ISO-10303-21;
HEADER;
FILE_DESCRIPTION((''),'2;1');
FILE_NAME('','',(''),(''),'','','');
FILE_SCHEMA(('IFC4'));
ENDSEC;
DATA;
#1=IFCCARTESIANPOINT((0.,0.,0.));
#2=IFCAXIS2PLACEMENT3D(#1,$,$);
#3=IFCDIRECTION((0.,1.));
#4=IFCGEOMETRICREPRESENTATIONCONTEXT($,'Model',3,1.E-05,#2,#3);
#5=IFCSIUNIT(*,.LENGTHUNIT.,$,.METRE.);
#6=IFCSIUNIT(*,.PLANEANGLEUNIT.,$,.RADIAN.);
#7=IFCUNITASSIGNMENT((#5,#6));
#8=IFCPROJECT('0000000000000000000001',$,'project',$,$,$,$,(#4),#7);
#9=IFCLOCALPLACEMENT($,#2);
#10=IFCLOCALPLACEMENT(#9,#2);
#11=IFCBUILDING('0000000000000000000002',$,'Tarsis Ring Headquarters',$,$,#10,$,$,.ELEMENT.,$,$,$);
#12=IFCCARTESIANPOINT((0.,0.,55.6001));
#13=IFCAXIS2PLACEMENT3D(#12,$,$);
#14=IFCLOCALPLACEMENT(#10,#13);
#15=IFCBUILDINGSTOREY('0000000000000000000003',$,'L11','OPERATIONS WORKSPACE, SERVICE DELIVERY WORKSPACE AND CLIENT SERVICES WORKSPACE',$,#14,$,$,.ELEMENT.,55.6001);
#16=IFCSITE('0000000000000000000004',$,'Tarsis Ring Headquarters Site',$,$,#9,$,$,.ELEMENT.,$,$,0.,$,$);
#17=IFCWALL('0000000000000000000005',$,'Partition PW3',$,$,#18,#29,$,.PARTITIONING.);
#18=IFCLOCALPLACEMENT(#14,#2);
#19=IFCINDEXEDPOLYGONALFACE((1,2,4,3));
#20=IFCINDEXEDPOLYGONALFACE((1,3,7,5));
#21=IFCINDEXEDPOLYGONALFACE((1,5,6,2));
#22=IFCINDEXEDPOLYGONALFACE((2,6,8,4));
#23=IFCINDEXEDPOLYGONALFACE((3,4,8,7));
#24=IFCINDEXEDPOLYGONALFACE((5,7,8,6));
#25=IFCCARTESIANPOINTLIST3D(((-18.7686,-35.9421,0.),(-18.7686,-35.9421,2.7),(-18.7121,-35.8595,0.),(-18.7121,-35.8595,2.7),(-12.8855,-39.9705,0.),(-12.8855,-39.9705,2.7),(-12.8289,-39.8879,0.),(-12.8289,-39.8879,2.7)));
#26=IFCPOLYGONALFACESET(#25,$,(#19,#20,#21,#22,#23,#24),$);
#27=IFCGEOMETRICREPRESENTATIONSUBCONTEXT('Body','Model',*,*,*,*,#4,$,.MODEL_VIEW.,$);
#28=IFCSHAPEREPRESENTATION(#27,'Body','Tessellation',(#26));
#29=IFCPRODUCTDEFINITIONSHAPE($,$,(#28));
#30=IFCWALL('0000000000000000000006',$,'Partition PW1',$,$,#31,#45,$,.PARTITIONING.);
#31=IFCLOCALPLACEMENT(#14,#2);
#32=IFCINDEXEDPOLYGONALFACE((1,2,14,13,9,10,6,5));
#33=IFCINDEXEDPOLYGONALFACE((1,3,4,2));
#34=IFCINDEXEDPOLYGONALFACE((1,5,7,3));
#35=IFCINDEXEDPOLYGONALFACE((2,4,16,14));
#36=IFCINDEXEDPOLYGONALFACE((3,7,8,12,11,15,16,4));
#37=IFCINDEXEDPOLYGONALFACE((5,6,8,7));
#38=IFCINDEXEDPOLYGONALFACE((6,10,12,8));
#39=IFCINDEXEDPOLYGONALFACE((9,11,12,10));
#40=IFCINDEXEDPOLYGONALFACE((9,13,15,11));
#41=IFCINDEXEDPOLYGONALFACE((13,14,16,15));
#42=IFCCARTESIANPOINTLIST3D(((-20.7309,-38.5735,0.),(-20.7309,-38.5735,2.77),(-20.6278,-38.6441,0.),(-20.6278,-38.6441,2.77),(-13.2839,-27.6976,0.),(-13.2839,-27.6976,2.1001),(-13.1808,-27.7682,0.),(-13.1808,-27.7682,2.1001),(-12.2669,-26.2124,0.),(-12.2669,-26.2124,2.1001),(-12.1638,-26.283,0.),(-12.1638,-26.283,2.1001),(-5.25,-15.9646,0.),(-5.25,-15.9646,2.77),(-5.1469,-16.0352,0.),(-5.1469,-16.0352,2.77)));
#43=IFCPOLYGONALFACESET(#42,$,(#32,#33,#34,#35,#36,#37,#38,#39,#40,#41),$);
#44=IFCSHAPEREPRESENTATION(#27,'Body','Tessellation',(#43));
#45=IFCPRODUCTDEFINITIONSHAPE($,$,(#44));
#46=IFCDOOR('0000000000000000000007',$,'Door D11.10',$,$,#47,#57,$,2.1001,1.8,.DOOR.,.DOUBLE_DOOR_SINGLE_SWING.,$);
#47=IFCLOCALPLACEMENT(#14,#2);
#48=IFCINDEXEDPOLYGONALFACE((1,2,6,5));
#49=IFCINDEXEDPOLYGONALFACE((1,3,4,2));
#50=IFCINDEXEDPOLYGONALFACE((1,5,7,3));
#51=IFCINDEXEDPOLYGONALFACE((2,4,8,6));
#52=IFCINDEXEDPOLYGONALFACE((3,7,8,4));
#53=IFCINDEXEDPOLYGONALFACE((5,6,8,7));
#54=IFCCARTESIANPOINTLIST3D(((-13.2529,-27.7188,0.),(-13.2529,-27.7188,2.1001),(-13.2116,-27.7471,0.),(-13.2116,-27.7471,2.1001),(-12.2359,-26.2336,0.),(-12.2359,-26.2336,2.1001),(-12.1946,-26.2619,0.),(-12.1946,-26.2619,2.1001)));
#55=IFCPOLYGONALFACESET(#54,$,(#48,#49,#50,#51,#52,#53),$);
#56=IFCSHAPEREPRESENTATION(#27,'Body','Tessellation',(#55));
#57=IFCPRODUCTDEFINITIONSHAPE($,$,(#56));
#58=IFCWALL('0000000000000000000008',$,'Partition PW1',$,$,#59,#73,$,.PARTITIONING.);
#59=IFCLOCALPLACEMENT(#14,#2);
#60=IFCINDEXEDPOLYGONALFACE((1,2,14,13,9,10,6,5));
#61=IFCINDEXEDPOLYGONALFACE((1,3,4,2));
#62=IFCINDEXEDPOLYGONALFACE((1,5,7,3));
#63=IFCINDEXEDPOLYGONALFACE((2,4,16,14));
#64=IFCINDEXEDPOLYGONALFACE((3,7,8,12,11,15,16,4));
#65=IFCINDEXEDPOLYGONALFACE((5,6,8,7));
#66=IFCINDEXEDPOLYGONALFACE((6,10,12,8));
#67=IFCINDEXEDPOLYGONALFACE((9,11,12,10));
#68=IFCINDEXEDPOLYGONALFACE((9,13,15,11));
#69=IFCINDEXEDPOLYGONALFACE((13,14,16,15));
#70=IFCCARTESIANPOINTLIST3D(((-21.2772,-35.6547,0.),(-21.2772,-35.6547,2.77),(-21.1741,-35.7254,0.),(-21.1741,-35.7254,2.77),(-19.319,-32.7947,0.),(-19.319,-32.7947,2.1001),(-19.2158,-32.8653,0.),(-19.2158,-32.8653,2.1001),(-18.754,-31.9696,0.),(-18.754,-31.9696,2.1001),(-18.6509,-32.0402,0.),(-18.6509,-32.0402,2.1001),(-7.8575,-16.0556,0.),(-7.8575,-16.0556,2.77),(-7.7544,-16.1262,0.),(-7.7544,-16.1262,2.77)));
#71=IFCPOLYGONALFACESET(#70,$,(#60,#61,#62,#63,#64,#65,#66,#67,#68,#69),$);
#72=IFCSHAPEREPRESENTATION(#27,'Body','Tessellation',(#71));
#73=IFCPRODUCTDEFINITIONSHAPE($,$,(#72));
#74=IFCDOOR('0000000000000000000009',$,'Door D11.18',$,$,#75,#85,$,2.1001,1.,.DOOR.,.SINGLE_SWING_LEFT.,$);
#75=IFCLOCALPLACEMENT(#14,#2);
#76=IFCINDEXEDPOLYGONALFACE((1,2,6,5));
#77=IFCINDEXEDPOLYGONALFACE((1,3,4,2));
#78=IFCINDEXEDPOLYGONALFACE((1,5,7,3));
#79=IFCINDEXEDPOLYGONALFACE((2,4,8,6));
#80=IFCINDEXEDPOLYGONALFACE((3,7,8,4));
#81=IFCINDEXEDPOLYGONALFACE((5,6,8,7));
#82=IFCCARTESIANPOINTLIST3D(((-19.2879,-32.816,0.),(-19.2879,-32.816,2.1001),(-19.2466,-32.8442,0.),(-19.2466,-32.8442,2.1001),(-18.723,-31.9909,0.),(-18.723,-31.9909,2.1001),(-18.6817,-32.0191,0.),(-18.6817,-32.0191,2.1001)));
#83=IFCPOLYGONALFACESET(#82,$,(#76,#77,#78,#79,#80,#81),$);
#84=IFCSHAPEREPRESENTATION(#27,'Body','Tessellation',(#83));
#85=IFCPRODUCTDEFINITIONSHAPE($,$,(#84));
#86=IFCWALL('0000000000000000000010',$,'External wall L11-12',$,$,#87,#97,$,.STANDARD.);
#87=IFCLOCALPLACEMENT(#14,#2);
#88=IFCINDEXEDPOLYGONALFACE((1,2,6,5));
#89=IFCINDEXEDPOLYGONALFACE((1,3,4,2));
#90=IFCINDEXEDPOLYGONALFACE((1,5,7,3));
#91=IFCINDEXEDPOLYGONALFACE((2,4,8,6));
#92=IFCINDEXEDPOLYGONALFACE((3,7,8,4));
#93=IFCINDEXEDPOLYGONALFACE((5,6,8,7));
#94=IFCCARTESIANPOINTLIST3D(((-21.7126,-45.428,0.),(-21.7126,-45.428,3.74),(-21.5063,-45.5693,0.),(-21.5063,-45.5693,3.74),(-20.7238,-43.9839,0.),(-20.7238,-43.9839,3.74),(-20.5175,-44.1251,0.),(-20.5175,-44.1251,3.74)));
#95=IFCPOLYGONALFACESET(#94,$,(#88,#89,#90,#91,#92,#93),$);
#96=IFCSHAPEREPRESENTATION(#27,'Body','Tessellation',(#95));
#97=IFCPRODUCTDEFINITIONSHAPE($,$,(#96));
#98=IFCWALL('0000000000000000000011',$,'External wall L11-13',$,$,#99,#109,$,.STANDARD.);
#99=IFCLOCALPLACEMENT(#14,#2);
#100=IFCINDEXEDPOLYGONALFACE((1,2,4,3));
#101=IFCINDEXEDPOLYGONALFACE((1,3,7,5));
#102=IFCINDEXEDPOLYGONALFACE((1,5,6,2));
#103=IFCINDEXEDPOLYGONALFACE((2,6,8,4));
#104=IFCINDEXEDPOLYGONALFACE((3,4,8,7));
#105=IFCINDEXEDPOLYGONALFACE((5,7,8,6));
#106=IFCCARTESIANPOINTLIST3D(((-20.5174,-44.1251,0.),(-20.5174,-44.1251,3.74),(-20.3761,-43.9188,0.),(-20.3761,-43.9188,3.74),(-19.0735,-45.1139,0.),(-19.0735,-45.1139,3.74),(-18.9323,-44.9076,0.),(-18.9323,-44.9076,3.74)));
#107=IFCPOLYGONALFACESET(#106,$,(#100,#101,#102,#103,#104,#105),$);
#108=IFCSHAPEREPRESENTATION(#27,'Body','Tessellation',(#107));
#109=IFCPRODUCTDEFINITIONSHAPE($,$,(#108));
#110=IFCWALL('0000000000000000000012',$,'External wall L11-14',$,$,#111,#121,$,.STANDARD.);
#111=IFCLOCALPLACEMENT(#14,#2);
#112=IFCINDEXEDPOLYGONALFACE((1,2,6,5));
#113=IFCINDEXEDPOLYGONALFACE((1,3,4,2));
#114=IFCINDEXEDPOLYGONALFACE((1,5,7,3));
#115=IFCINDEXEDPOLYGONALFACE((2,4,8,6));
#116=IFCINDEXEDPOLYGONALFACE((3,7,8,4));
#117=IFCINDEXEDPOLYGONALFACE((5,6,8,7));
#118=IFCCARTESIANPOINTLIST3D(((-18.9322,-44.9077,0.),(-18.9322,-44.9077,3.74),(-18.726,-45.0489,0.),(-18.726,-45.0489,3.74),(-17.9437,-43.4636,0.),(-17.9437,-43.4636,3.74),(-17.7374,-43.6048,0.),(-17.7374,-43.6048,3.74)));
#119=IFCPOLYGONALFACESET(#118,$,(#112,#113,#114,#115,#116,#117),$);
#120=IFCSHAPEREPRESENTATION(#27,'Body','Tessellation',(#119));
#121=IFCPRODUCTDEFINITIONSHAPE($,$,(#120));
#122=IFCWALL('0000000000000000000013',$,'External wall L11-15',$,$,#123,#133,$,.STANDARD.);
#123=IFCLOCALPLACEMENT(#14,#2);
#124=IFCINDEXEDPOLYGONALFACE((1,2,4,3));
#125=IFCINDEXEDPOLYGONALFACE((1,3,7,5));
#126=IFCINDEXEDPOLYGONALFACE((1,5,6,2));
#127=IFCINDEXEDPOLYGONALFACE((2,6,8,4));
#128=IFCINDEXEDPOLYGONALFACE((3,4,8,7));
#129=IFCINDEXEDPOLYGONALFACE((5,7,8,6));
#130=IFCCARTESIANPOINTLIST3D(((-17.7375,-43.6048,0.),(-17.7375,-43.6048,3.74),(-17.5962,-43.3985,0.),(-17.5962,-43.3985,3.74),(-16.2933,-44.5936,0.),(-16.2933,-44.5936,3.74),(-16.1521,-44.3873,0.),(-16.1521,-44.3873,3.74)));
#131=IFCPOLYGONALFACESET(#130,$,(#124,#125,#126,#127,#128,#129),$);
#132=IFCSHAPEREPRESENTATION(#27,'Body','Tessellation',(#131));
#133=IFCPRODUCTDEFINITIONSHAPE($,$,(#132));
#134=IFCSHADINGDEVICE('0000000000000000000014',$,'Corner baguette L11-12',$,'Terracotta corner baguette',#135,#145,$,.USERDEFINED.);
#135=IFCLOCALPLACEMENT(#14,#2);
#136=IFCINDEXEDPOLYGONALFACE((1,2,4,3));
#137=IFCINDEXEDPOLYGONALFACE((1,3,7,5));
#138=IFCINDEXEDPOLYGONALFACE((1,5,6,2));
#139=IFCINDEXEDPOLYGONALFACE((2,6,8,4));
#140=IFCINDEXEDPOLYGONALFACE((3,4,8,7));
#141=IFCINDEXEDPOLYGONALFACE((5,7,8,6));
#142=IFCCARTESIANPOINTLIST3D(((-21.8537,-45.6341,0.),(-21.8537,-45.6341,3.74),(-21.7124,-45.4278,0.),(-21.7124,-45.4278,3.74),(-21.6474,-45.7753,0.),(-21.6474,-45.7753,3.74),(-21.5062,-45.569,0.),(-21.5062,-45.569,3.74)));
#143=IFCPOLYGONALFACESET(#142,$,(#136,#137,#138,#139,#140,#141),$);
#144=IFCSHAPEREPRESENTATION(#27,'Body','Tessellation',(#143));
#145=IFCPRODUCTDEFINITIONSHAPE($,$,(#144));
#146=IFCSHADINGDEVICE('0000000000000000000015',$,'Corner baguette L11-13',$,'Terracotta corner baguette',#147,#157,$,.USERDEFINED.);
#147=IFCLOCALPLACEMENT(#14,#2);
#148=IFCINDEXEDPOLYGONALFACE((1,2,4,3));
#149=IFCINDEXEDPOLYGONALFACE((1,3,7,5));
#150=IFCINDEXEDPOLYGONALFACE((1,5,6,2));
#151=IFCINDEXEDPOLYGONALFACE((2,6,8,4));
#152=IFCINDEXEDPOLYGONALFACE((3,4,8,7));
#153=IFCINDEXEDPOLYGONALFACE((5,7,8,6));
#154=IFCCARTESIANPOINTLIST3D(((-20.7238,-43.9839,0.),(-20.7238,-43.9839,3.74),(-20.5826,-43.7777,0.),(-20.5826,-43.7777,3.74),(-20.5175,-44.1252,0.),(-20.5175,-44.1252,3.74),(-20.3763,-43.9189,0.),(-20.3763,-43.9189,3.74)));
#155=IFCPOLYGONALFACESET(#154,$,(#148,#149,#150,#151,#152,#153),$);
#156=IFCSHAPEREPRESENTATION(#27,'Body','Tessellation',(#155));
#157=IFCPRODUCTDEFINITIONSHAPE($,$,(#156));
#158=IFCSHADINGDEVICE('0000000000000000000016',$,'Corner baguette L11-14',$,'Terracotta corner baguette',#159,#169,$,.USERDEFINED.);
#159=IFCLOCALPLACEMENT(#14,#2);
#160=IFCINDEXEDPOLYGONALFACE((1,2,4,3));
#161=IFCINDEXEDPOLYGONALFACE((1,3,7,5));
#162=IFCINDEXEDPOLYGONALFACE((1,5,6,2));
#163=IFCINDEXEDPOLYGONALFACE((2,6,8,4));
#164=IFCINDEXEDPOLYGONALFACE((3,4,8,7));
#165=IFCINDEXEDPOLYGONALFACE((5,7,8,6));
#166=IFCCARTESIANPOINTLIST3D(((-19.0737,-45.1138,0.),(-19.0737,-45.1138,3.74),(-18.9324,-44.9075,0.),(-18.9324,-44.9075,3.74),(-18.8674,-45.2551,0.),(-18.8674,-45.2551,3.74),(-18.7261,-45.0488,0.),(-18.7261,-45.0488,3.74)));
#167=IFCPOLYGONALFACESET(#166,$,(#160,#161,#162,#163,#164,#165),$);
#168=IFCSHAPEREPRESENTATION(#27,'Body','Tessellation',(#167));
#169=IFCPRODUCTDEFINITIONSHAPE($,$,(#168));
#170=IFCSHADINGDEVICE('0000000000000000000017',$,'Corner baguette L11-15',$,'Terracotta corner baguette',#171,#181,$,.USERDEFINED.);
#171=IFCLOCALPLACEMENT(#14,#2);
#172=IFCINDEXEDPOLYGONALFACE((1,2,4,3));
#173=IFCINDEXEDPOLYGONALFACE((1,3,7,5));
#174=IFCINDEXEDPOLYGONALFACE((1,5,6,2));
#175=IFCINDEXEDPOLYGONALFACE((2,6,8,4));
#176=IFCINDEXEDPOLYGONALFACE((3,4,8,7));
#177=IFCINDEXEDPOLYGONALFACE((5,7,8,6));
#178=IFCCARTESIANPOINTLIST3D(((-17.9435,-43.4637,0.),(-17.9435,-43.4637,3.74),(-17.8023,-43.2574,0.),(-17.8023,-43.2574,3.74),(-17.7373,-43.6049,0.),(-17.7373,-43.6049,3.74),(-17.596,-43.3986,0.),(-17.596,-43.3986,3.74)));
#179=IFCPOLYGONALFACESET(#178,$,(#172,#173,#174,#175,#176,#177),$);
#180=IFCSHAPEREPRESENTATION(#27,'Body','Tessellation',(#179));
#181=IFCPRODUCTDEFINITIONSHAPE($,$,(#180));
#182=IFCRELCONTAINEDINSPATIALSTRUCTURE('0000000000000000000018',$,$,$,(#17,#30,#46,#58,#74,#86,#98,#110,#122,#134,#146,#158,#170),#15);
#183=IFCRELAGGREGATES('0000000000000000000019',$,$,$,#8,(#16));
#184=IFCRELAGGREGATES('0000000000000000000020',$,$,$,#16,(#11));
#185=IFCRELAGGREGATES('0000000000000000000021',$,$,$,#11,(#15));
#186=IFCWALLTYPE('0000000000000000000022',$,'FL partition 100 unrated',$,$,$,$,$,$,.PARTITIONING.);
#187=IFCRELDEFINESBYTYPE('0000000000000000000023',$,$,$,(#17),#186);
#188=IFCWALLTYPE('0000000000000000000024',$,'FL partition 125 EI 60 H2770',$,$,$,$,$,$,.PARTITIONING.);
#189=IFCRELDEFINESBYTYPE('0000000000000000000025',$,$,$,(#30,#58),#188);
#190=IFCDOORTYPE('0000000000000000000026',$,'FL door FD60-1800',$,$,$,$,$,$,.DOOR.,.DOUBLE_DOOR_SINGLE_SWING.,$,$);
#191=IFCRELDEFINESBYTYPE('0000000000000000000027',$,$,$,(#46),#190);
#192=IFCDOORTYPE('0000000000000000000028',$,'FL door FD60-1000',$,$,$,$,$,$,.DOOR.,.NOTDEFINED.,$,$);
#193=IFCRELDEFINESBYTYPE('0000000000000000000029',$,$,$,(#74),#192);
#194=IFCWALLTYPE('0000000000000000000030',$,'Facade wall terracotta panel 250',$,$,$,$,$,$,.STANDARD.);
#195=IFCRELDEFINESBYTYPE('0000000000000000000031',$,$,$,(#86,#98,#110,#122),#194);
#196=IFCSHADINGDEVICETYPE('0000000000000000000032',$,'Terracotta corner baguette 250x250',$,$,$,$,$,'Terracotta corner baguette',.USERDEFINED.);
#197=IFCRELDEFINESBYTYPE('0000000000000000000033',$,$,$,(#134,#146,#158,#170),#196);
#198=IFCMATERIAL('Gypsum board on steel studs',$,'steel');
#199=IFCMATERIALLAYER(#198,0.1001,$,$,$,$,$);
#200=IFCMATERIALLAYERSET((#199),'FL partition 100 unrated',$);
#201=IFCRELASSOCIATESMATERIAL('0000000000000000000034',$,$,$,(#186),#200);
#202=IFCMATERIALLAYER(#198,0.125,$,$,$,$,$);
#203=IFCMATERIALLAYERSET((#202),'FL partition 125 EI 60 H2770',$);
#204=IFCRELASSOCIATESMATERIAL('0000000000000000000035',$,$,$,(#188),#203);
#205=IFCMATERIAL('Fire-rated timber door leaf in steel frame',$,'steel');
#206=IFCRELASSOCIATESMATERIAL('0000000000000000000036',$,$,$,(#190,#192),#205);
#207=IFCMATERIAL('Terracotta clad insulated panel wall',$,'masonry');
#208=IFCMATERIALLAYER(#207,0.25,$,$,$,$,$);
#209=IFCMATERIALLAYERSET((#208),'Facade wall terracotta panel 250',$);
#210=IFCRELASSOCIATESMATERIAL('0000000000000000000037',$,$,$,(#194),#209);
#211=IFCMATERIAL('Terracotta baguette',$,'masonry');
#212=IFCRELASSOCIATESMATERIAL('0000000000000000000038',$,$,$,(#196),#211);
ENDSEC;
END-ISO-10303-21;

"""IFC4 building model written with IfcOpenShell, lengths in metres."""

from ifc_helpers import new_model, si_unit, direction, frame, frame_2d, origin, origin_2d, place, context, subcontext, project, spatial, rectangle, extrude, material, layer, layer_set, type_object, element, fill, save


model = new_model("IFC4")

# Units and contexts
model_context = context("Model", 3, precision=1e-05, world=origin(), true_north=direction((0.0, 1.0)))
body_context = subcontext(model_context, "Body", "Model", "MODEL_VIEW")
ifc_project = project(units=[si_unit("LENGTHUNIT", "METRE"), si_unit("PLANEANGLEUNIT", "RADIAN")], contexts=[model_context])

# Site, building, storey
site_placement = place(None, origin())
site = spatial("IfcSite", under=ifc_project, at=site_placement, Name="Tarsis Ring Headquarters Site", CompositionType="ELEMENT", RefElevation=0.0)
building_placement = place(site_placement, origin())
building = spatial("IfcBuilding", under=site, at=building_placement, Name="Tarsis Ring Headquarters", CompositionType="ELEMENT")
storey_placement = place(building_placement, frame((0.0, 0.0, 55.6001)))
storey = spatial("IfcBuildingStorey", under=building, at=storey_placement, Name="L11", Description="OPERATIONS WORKSPACE, SERVICE DELIVERY WORKSPACE AND CLIENT SERVICES WORKSPACE", CompositionType="ELEMENT", Elevation=55.6001)

# Wall
ifc_material_1 = material(Name="Gypsum board on steel studs", Category="steel")
ifc_layer_1 = layer(ifc_material_1, 0.1001)
ifc_layer_set_1 = layer_set([ifc_layer_1], Name="FL partition 100 unrated")
wall_type_1 = type_object("IfcWallType", Name="FL partition 100 unrated", PredefinedType="PARTITIONING", material=ifc_layer_set_1)
wall_1_placement = place(storey_placement, frame((-18.7402, -35.9009, 0.0), z_axis=(0.0, 0.0, 1.0), x_axis=(0.825106, -0.564977, 0.0)))
element("IfcWall", 1, at=wall_1_placement, inside=storey, type_object=wall_type_1, Name="Partition PW3", PredefinedType="PARTITIONING", context=body_context, shape_type="SweptSolid", body=[
    extrude(rectangle(XDim=7.1301, YDim=0.1001, at=frame_2d((3.5649, 0.0))), origin(), (0.0, 0.0, 1.0), 2.7),
])

# Walls, openings, doors
ifc_layer_2 = layer(ifc_material_1, 0.125)
ifc_layer_set_2 = layer_set([ifc_layer_2], Name="FL partition 125 EI 60 H2770")
wall_type_2 = type_object("IfcWallType", Name="FL partition 125 EI 60 H2770", PredefinedType="PARTITIONING", material=ifc_layer_set_2)
wall_2_placement = place(storey_placement, frame((-20.6794, -38.6089, 0.0), z_axis=(0.0, 0.0, 1.0), x_axis=(0.564975, 0.825108, 0.0)))
wall_2 = element("IfcWall", 2, at=wall_2_placement, inside=storey, type_object=wall_type_2, Name="Partition PW1", PredefinedType="PARTITIONING", context=body_context, shape_type="SweptSolid", body=[
    extrude(rectangle(XDim=27.4011, YDim=0.125, at=frame_2d((13.7007, 0.0))), origin(), (0.0, 0.0, 1.0), 2.77),
])
opening_1_placement = place(wall_2_placement, frame((13.1814, 0.0, 0.0)))
opening_1 = element("IfcOpeningElement", 3, at=opening_1_placement, cuts=wall_2, PredefinedType="OPENING", context=body_context, shape_type="SweptSolid", body=[
    extrude(rectangle(XDim=1.8, YDim=2.1001, at=frame_2d((0.8999, 1.05))), frame((0.0, 0.0725, 0.0), z_axis=(0.0, -1.0, 0.0), x_axis=(1.0, 0.0, 0.0)), (0.0, 0.0, 1.0), 0.145),
])
ifc_material_2 = material(Name="Fire-rated timber door leaf in steel frame", Category="steel")
door_type_1 = type_object("IfcDoorType", Name="FL door FD60-1800", OperationType="DOUBLE_DOOR_SINGLE_SWING", PredefinedType="DOOR", material=ifc_material_2)
door_1_placement = place(opening_1_placement, origin())
door_1 = element("IfcDoor", 4, at=door_1_placement, inside=storey, type_object=door_type_1, Name="Door D11.10", OperationType="DOUBLE_DOOR_SINGLE_SWING", OverallHeight=2.1001, OverallWidth=1.8, PredefinedType="DOOR", context=body_context, shape_type="SweptSolid", body=[
    extrude(rectangle(XDim=1.8, YDim=2.1001, at=frame_2d((0.8999, 1.05))), frame((0.0, 0.0249, 0.0), z_axis=(0.0, -1.0, 0.0), x_axis=(1.0, 0.0, 0.0)), (0.0, 0.0, 1.0), 0.05),
])
fill(opening_1, door_1)
wall_3_placement = place(storey_placement, frame((-21.2256, -35.6899, 0.0), z_axis=(0.0, 0.0, 1.0), x_axis=(0.564964, 0.825116, 0.0)))
wall_3 = element("IfcWall", 5, at=wall_3_placement, inside=storey, type_object=wall_type_2, Name="Partition PW1", PredefinedType="PARTITIONING", context=body_context, shape_type="SweptSolid", body=[
    extrude(rectangle(XDim=23.7532, YDim=0.125, at=frame_2d((11.8765, 0.0))), origin(), (0.0, 0.0, 1.0), 2.77),
])
opening_2_placement = place(wall_3_placement, frame((3.4661, 0.0, 0.0)))
opening_2 = element("IfcOpeningElement", 6, at=opening_2_placement, cuts=wall_3, PredefinedType="OPENING", context=body_context, shape_type="SweptSolid", body=[
    extrude(rectangle(XDim=1.0, YDim=2.1001, at=frame_2d((0.5, 1.05))), frame((0.0, 0.0725, 0.0), z_axis=(0.0, -1.0, 0.0), x_axis=(1.0, 0.0, 0.0)), (0.0, 0.0, 1.0), 0.145),
])
door_type_2 = type_object("IfcDoorType", Name="FL door FD60-1000", OperationType="NOTDEFINED", PredefinedType="DOOR", material=ifc_material_2)
door_2_placement = place(opening_2_placement, origin())
door_2 = element("IfcDoor", 7, at=door_2_placement, inside=storey, type_object=door_type_2, Name="Door D11.18", OperationType="SINGLE_SWING_LEFT", OverallHeight=2.1001, OverallWidth=1.0, PredefinedType="DOOR", context=body_context, shape_type="SweptSolid", body=[
    extrude(rectangle(XDim=1.0, YDim=2.1001, at=frame_2d((0.5, 1.05))), frame((0.0, 0.0249, 0.0), z_axis=(0.0, -1.0, 0.0), x_axis=(1.0, 0.0, 0.0)), (0.0, 0.0, 1.0), 0.05),
])
fill(opening_2, door_2)

# Walls
ifc_material_3 = material(Name="Terracotta clad insulated panel wall", Category="masonry")
ifc_layer_3 = layer(ifc_material_3, 0.25)
ifc_layer_set_3 = layer_set([ifc_layer_3], Name="Facade wall terracotta panel 250")
wall_type_3 = type_object("IfcWallType", Name="Facade wall terracotta panel 250", PredefinedType="STANDARD", material=ifc_layer_set_3)
wall_4_placement = place(storey_placement, frame((-21.6094, -45.4985, 0.0), z_axis=(0.0, 0.0, 1.0), x_axis=(0.564959, 0.825119, 0.0)))
element("IfcWall", 8, at=wall_4_placement, inside=storey, type_object=wall_type_3, Name="External wall L11-12", PredefinedType="STANDARD", context=body_context, shape_type="SweptSolid", body=[
    extrude(rectangle(XDim=1.7502, YDim=0.25, at=frame_2d((0.875, 0.0))), origin(), (0.0, 0.0, 1.0), 3.74),
])
for number, where, z_axis, x_axis, name in (
    (9, (-20.4468, -44.022, 0.0), (0.0, 0.0, 1.0), (0.825074, -0.565024, 0.0), "External wall L11-13"),
    (10, (-18.8291, -44.9783, 0.0), (0.0, 0.0, 1.0), (0.564864, 0.825184, 0.0), "External wall L11-14"),
):
    element("IfcWall", number, at=place(storey_placement, frame(where, z_axis=z_axis, x_axis=x_axis)), inside=storey, type_object=wall_type_3, Name=name, PredefinedType="STANDARD", context=body_context, shape_type="SweptSolid", body=[
        extrude(rectangle(XDim=1.75, YDim=0.25, at=frame_2d((0.875, 0.0))), origin(), (0.0, 0.0, 1.0), 3.74),
    ])
wall_5_placement = place(storey_placement, frame((-17.6667, -43.5017, 0.0), z_axis=(0.0, 0.0, 1.0), x_axis=(0.825119, -0.564959, 0.0)))
element("IfcWall", 11, at=wall_5_placement, inside=storey, type_object=wall_type_3, Name="External wall L11-15", PredefinedType="STANDARD", context=body_context, shape_type="SweptSolid", body=[
    extrude(rectangle(XDim=1.7502, YDim=0.25, at=frame_2d((0.875, 0.0))), origin(), (0.0, 0.0, 1.0), 3.74),
])

# Shading devices
ifc_material_4 = material(Name="Terracotta baguette", Category="masonry")
shading_device_type_1 = type_object("IfcShadingDeviceType", Name="Terracotta corner baguette 250x250", ElementType="Terracotta corner baguette", PredefinedType="USERDEFINED", material=ifc_material_4)
for number, where, z_axis, x_axis, name in (
    (12, (-21.6799, -45.6016, 0.0), (0.0, 0.0, 1.0), (0.825114, -0.564967, 0.0), "Corner baguette L11-12"),
    (13, (-20.55, -43.9514, 0.0), (0.0, 0.0, 1.0), (0.564967, 0.825113, 0.0), "Corner baguette L11-13"),
    (14, (-18.8999, -45.0813, 0.0), (0.0, 0.0, 1.0), (0.825113, -0.564967, 0.0), "Corner baguette L11-14"),
    (15, (-17.7698, -43.4312, 0.0), (0.0, 0.0, 1.0), (0.564967, 0.825113, 0.0), "Corner baguette L11-15"),
):
    element("IfcShadingDevice", number, at=place(storey_placement, frame(where, z_axis=z_axis, x_axis=x_axis)), inside=storey, type_object=shading_device_type_1, Name=name, ObjectType="Terracotta corner baguette", PredefinedType="USERDEFINED", context=body_context, shape_type="SweptSolid", body=[
        extrude(rectangle(XDim=0.25, YDim=0.25, at=origin_2d()), origin(), (0.0, 0.0, 1.0), 3.74),
    ])

save(model, "model.ifc")
